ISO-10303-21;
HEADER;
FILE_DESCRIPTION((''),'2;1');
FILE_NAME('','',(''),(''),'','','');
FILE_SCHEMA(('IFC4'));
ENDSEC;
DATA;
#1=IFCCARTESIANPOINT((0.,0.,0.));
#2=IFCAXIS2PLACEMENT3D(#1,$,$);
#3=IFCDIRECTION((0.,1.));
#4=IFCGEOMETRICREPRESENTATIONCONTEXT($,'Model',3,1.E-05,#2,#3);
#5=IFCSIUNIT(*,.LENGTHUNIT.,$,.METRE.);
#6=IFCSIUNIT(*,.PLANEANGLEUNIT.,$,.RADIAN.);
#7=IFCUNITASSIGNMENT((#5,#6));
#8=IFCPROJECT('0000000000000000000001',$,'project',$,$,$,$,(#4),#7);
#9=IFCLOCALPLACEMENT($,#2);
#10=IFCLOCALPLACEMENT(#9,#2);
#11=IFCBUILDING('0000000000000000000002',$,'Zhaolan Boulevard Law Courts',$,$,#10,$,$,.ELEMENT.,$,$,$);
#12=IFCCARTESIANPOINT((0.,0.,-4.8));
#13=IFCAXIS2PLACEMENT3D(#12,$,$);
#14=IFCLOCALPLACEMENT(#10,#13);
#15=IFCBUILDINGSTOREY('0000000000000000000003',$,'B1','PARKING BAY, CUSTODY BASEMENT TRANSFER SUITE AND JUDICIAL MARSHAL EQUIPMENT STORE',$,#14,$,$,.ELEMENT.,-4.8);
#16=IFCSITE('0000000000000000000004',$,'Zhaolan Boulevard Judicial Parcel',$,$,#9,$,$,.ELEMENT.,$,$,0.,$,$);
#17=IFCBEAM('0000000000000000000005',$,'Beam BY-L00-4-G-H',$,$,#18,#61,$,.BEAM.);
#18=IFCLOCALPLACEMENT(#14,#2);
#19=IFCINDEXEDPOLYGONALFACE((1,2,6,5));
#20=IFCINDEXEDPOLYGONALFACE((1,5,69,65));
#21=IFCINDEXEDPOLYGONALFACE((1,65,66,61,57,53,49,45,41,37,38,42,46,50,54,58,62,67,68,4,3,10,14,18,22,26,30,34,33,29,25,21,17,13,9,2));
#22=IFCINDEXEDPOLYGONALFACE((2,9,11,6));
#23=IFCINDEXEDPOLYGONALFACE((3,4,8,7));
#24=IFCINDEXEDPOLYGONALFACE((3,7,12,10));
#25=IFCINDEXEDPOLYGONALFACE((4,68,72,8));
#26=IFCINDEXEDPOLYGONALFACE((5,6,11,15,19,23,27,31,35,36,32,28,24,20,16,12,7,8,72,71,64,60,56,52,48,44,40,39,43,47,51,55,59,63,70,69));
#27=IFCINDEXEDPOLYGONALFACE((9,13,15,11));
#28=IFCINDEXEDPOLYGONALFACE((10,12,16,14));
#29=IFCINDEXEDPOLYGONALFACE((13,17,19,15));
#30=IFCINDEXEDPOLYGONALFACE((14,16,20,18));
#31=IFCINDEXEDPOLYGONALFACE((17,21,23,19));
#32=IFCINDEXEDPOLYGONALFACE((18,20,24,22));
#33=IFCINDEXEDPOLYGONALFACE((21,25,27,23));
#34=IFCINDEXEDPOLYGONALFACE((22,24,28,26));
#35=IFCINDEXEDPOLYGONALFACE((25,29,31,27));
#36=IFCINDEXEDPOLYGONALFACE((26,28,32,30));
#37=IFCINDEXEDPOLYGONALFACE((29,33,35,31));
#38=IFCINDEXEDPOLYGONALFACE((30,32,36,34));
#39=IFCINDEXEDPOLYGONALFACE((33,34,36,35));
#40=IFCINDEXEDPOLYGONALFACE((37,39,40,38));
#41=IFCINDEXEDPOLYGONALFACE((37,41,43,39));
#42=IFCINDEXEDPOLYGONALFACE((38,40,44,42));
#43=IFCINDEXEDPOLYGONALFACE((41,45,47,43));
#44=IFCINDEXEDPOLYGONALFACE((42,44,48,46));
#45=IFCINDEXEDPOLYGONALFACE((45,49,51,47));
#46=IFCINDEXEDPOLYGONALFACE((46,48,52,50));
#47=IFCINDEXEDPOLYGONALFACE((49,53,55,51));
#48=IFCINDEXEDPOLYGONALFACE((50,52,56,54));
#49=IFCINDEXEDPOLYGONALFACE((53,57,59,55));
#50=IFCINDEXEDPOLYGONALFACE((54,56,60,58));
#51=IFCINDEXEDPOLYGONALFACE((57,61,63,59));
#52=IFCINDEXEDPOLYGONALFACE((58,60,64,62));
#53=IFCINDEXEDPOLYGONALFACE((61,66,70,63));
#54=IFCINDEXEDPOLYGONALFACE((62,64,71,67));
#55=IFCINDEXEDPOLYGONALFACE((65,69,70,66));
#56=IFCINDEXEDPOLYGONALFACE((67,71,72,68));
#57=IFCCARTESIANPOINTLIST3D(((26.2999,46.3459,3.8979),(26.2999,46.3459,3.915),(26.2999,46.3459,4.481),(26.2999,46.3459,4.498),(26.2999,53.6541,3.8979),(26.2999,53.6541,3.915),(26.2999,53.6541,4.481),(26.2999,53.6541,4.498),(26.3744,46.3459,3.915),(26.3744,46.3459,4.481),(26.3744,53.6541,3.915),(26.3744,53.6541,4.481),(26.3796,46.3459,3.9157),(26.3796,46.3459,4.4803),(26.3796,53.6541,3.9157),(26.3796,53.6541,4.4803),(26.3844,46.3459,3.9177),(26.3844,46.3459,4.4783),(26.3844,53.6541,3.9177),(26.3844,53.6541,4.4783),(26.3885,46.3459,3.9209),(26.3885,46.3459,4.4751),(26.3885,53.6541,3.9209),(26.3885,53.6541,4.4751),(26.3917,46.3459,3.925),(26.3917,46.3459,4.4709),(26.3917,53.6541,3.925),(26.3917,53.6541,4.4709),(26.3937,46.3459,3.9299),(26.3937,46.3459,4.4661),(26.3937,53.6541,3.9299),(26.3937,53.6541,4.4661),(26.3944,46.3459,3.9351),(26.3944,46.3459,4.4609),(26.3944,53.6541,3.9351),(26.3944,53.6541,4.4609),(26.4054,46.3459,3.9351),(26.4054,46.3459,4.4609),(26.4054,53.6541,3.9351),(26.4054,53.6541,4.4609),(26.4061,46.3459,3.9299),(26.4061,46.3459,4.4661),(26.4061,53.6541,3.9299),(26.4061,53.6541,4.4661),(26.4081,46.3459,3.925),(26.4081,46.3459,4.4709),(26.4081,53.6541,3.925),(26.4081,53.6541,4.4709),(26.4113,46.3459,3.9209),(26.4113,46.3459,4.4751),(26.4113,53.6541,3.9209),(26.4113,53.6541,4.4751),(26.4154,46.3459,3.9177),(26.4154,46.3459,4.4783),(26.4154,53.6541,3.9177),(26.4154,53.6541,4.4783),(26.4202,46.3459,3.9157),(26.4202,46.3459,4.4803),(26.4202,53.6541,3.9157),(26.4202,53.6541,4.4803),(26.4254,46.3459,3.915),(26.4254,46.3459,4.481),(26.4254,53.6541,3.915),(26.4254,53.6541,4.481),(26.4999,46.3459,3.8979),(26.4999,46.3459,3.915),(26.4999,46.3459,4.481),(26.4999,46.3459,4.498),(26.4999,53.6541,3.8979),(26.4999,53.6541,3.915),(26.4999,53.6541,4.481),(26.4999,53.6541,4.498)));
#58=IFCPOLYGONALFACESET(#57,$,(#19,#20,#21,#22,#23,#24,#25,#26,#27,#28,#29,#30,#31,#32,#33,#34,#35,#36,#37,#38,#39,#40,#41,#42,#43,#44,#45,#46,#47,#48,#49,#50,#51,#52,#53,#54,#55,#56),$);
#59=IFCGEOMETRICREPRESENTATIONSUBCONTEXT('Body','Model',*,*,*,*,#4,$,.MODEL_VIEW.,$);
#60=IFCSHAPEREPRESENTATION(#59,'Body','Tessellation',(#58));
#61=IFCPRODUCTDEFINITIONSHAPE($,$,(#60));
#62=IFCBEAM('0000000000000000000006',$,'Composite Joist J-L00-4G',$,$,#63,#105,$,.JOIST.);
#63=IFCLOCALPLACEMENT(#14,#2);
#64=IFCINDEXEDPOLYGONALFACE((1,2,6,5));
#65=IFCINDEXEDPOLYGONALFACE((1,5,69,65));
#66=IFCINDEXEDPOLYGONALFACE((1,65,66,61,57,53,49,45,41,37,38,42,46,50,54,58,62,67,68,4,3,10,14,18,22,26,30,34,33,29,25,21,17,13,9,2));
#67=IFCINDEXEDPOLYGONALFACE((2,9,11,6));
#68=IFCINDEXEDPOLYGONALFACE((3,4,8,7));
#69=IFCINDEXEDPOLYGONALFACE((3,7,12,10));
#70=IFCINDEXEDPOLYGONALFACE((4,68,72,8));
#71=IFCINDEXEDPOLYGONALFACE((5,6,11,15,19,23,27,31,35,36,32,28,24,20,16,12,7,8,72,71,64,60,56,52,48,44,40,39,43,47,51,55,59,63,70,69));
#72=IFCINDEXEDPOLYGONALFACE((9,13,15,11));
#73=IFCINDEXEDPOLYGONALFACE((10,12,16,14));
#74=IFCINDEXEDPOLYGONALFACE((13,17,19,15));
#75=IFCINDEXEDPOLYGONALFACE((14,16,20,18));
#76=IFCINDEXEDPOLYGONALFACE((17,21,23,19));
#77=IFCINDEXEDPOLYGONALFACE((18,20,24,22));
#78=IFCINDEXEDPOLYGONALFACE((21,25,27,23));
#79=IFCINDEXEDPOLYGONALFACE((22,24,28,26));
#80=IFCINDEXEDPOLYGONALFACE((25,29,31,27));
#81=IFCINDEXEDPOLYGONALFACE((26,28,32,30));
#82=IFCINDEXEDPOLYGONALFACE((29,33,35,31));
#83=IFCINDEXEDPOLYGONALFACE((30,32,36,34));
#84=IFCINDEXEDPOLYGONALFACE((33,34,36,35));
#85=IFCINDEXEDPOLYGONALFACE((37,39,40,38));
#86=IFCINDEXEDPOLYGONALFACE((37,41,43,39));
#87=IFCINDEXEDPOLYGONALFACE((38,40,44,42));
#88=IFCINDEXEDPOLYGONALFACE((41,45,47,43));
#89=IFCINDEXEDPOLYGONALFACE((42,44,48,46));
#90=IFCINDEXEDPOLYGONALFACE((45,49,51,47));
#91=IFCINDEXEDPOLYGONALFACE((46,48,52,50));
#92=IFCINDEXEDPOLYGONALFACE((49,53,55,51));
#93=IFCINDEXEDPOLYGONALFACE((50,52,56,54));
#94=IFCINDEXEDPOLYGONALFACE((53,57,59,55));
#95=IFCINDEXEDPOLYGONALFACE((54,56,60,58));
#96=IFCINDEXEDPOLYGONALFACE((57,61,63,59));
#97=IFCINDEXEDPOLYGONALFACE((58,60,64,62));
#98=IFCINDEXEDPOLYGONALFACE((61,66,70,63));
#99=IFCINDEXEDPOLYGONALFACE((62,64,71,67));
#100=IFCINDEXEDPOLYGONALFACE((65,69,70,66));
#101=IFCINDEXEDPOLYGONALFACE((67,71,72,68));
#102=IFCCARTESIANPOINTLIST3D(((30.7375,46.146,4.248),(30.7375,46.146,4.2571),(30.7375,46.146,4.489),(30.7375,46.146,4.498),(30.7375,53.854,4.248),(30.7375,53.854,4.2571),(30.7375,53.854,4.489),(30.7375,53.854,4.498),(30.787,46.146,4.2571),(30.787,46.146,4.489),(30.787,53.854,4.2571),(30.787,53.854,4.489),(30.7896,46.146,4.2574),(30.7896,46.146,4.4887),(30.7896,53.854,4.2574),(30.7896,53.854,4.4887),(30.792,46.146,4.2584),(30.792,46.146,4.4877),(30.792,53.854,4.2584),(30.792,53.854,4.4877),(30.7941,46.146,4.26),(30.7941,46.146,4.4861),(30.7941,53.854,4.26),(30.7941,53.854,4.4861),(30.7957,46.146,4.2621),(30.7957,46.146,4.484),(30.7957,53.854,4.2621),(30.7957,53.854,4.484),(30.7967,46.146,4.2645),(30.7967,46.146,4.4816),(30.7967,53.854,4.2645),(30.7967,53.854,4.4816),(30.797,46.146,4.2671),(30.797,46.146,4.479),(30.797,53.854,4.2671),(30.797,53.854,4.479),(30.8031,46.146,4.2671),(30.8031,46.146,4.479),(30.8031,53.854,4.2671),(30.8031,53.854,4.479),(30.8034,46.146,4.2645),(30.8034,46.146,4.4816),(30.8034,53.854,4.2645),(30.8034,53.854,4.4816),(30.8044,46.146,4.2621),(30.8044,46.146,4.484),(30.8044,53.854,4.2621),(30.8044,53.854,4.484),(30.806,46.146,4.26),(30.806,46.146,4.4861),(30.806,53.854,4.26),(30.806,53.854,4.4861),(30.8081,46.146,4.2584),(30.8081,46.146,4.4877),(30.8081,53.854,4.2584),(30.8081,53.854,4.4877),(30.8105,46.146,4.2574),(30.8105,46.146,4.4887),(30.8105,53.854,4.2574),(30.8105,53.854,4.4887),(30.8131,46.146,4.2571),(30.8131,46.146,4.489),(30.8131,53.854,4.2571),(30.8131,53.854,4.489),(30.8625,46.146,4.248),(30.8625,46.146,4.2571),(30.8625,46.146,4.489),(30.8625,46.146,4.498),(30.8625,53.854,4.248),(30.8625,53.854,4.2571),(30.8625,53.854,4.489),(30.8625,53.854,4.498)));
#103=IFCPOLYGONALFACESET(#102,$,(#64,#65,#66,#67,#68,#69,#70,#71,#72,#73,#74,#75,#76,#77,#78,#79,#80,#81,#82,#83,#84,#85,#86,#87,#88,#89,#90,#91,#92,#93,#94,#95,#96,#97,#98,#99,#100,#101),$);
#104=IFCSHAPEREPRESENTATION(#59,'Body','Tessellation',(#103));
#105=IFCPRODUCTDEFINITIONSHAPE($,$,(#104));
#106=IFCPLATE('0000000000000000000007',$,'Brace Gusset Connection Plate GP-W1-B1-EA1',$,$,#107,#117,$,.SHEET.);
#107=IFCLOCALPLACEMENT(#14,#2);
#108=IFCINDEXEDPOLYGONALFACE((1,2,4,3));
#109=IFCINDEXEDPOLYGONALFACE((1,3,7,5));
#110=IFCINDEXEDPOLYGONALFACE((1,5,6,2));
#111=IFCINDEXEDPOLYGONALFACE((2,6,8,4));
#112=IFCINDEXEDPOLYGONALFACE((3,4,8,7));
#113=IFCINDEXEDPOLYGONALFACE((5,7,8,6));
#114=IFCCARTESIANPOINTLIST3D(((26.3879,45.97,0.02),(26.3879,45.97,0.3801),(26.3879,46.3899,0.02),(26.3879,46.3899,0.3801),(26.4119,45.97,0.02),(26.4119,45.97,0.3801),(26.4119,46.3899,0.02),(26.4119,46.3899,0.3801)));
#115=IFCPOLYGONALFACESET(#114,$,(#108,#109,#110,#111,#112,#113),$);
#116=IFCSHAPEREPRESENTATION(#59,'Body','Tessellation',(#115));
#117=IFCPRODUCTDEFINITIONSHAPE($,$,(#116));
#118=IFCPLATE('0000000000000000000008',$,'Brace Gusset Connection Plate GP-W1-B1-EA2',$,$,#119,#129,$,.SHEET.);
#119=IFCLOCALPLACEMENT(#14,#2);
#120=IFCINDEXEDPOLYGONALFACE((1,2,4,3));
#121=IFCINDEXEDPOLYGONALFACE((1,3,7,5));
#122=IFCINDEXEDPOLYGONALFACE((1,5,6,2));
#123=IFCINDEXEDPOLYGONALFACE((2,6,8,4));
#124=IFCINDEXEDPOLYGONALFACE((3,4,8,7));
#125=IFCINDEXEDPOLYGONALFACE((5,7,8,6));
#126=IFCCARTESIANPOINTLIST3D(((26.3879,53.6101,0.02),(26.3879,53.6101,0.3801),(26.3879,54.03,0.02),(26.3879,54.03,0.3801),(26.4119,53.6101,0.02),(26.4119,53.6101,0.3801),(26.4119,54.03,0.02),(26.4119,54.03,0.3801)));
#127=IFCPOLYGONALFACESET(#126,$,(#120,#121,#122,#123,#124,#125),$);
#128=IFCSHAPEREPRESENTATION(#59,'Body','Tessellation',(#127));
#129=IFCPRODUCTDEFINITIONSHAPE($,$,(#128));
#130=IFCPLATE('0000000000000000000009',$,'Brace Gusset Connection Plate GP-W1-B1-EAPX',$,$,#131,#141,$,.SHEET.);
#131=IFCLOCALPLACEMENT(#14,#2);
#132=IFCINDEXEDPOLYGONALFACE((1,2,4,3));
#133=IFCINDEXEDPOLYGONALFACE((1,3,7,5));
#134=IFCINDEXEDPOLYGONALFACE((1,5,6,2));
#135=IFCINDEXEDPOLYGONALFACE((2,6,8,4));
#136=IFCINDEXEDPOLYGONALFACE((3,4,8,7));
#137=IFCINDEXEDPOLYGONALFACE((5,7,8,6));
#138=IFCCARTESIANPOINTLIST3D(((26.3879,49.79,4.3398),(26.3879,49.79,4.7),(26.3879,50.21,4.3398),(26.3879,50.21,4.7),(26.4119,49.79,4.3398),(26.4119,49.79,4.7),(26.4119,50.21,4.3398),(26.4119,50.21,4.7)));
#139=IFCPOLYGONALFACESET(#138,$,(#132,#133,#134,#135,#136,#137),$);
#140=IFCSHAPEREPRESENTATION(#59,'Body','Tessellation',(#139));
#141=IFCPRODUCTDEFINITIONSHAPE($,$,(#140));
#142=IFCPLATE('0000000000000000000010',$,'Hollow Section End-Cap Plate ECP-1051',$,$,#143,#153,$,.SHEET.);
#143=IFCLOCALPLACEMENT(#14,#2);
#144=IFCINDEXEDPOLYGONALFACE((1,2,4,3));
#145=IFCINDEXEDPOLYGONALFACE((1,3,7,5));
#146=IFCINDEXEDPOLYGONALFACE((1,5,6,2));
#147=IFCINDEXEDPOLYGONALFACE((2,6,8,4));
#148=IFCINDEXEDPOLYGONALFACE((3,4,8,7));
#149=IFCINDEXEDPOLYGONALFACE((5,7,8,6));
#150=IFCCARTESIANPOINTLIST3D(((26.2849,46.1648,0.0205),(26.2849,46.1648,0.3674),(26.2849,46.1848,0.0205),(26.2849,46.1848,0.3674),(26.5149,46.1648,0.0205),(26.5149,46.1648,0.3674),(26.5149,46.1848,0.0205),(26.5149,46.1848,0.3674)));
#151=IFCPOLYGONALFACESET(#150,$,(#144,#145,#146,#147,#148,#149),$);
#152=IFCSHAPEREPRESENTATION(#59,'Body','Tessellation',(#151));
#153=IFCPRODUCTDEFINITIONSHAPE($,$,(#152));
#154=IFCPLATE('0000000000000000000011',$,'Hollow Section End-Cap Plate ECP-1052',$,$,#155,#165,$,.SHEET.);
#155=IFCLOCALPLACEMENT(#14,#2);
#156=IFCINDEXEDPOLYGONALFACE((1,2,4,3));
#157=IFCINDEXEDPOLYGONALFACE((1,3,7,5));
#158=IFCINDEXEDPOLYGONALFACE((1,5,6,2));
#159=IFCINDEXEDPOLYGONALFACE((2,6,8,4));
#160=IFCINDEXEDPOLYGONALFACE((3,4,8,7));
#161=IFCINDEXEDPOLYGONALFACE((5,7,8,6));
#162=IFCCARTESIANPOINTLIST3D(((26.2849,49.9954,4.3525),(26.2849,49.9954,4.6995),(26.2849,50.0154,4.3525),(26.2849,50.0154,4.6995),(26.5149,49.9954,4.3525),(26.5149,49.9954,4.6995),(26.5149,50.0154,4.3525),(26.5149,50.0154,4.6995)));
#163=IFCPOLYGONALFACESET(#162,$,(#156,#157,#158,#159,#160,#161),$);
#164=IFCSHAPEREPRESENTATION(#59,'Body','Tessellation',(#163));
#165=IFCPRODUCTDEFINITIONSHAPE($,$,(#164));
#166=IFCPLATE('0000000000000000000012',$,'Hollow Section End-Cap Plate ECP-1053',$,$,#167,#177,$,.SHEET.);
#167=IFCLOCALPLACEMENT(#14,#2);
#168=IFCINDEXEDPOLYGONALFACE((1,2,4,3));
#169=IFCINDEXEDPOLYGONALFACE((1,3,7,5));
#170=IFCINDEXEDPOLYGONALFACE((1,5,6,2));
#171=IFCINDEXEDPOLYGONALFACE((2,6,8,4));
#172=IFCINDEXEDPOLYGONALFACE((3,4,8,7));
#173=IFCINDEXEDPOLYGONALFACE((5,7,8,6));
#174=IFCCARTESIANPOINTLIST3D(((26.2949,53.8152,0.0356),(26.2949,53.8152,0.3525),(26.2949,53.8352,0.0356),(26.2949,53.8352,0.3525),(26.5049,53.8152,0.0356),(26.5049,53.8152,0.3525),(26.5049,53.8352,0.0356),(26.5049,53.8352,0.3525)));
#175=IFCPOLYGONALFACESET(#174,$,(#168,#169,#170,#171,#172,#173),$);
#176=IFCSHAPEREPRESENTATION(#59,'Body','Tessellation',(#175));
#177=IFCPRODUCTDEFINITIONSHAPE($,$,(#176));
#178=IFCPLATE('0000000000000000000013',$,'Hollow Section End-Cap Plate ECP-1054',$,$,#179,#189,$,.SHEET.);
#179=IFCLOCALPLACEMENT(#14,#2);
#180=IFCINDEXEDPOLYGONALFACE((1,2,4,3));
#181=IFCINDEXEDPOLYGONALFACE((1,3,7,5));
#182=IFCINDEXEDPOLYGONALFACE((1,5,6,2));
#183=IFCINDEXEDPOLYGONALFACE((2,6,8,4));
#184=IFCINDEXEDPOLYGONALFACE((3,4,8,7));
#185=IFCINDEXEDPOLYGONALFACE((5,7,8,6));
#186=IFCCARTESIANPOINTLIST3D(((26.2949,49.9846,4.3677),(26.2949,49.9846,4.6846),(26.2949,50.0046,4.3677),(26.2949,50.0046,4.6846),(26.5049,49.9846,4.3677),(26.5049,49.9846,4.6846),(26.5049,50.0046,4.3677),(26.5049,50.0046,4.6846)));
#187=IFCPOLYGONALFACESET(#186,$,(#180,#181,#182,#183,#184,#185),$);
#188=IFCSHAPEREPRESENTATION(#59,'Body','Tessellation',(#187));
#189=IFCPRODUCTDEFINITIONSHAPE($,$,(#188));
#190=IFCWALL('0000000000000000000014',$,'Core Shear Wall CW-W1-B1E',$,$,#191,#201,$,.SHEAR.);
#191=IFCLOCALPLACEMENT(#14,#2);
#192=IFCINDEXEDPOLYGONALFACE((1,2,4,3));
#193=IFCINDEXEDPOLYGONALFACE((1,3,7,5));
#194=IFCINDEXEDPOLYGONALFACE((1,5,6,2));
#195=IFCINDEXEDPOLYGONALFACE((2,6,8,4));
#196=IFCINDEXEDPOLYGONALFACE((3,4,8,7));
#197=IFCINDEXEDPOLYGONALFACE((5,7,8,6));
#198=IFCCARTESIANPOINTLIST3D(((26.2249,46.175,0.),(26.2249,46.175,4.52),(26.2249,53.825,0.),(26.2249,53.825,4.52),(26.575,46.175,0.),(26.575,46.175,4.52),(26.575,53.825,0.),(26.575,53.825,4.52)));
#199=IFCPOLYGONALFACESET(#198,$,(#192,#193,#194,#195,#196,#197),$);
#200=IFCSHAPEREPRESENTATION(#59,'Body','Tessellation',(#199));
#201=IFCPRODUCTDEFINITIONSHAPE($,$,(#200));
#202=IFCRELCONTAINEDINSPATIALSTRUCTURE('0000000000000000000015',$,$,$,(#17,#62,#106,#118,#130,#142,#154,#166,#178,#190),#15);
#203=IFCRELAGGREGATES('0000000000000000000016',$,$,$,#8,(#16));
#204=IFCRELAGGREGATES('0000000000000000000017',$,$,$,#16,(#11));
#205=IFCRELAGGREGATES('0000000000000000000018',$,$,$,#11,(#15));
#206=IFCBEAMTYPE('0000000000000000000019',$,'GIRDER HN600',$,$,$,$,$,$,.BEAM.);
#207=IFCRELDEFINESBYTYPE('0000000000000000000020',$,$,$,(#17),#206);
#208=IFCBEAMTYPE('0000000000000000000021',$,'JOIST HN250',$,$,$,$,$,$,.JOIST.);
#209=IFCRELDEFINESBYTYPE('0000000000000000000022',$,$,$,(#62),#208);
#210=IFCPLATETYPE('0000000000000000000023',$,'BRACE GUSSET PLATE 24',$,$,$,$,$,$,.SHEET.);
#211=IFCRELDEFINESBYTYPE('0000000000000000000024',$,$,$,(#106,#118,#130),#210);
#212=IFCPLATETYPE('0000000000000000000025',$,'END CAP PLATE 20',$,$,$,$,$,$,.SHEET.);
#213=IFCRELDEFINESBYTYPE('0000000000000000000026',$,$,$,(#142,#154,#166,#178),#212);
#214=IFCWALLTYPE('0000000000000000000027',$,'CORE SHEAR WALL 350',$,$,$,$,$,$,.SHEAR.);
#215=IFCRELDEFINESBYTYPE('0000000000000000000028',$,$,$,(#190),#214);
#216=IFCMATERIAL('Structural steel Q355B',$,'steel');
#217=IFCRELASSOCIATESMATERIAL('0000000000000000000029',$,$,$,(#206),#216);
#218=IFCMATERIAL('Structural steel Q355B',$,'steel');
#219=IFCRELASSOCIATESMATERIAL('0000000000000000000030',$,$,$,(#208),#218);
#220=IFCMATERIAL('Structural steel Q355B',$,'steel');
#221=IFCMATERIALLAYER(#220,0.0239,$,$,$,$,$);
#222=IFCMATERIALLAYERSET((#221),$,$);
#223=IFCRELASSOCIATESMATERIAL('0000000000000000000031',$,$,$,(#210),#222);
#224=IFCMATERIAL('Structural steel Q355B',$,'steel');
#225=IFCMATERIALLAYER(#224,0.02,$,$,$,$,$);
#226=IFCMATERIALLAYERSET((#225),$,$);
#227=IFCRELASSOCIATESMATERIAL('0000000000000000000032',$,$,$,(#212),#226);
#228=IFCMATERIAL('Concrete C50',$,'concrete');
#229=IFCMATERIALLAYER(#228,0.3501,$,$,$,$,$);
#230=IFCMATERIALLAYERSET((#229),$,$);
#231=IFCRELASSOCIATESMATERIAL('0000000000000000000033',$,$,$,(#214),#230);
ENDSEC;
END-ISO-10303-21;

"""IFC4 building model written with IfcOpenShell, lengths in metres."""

from ifc_helpers import new_model, si_unit, direction, frame, frame_2d, origin, origin_2d, place, context, subcontext, project, spatial, rectangle, i_section, extrude, material, layer, layer_set, material_profile, profile_set, type_object, element, save


model = new_model("IFC4")

# Units and contexts
model_context = context("Model", 3, precision=1e-05, world=origin(), true_north=direction((0.0, 1.0)))
body_context = subcontext(model_context, "Body", "Model", "MODEL_VIEW")
ifc_project = project(units=[si_unit("LENGTHUNIT", "METRE"), si_unit("PLANEANGLEUNIT", "RADIAN")], contexts=[model_context])

# Site, building, storey
site_placement = place(None, origin())
site = spatial("IfcSite", under=ifc_project, at=site_placement, Name="Zhaolan Boulevard Judicial Parcel", CompositionType="ELEMENT", RefElevation=0.0)
building_placement = place(site_placement, origin())
building = spatial("IfcBuilding", under=site, at=building_placement, Name="Zhaolan Boulevard Law Courts", CompositionType="ELEMENT")
storey_placement = place(building_placement, frame((0.0, 0.0, -4.8)))
storey = spatial("IfcBuildingStorey", under=building, at=storey_placement, Name="B1", Description="PARKING BAY, CUSTODY BASEMENT TRANSFER SUITE AND JUDICIAL MARSHAL EQUIPMENT STORE", CompositionType="ELEMENT", Elevation=-4.8)

# Beams
ifc_material_1 = material(Name="Structural steel Q355B", Category="steel")
ifc_material_profile_1 = material_profile(ifc_material_1, i_section(OverallWidth=0.2, OverallDepth=0.6001, WebThickness=0.011, FlangeThickness=0.0171, FilletRadius=0.02, at=origin_2d()), Name="HN600x200")
ifc_profile_set_1 = profile_set([ifc_material_profile_1], Name="Structural steel Q355B")
beam_type_1 = type_object("IfcBeamType", Name="GIRDER HN600", PredefinedType="BEAM", material=ifc_profile_set_1)
beam_1_placement = place(storey_placement, frame((26.3999, 46.3459, 4.198), z_axis=(0.0, 1.0, 0.0), x_axis=(-1.0, 0.0, 0.0)))
element("IfcBeam", 1, at=beam_1_placement, inside=storey, type_object=beam_type_1, Name="Beam BY-L00-4-G-H", PredefinedType="BEAM", context=body_context, shape_type="SweptSolid", body=[
    extrude(i_section(OverallWidth=0.2, OverallDepth=0.6001, WebThickness=0.011, FlangeThickness=0.0171, FilletRadius=0.02, at=origin_2d()), origin(), (0.0, 0.0, 1.0), 7.3081),
])
ifc_material_2 = material(Name="Structural steel Q355B", Category="steel")
ifc_material_profile_2 = material_profile(ifc_material_2, i_section(OverallWidth=0.125, OverallDepth=0.25, WebThickness=0.0061, FlangeThickness=0.009, FilletRadius=0.01, at=origin_2d()), Name="HN250x125")
ifc_profile_set_2 = profile_set([ifc_material_profile_2], Name="Structural steel Q355B")
beam_type_2 = type_object("IfcBeamType", Name="JOIST HN250", PredefinedType="JOIST", material=ifc_profile_set_2)
beam_2_placement = place(storey_placement, frame((30.8, 46.146, 4.373), z_axis=(0.0, 1.0, 0.0), x_axis=(-1.0, 0.0, 0.0)))
element("IfcBeam", 2, at=beam_2_placement, inside=storey, type_object=beam_type_2, Name="Composite Joist J-L00-4G", PredefinedType="JOIST", context=body_context, shape_type="SweptSolid", body=[
    extrude(i_section(OverallWidth=0.125, OverallDepth=0.25, WebThickness=0.0061, FlangeThickness=0.009, FilletRadius=0.01, at=origin_2d()), origin(), (0.0, 0.0, 1.0), 7.708),
])

# Plates
ifc_material_3 = material(Name="Structural steel Q355B", Category="steel")
ifc_layer_1 = layer(ifc_material_3, 0.0239)
ifc_layer_set_1 = layer_set([ifc_layer_1])
plate_type_1 = type_object("IfcPlateType", Name="BRACE GUSSET PLATE 24", PredefinedType="SHEET", material=ifc_layer_set_1)
for number, where, z_axis, x_axis, name in (
    (3, (26.3999, 46.1799, 0.02), (0.0, 0.0, 1.0), (0.0, 1.0, 0.0), "Brace Gusset Connection Plate GP-W1-B1-EA1"),
    (4, (26.3999, 53.8201, 0.02), (0.0, 0.0, 1.0), (0.0, 1.0, 0.0), "Brace Gusset Connection Plate GP-W1-B1-EA2"),
    (5, (26.3999, 50.0, 4.3398), (0.0, 0.0, 1.0), (0.0, 1.0, 0.0), "Brace Gusset Connection Plate GP-W1-B1-EAPX"),
):
    element("IfcPlate", number, at=place(storey_placement, frame(where, z_axis=z_axis, x_axis=x_axis)), inside=storey, type_object=plate_type_1, Name=name, PredefinedType="SHEET", context=body_context, shape_type="SweptSolid", body=[
        extrude(rectangle(XDim=0.4199, YDim=0.0239, at=origin_2d()), origin(), (0.0, 0.0, 1.0), 0.3601),
    ])
ifc_material_4 = material(Name="Structural steel Q355B", Category="steel")
ifc_layer_2 = layer(ifc_material_4, 0.02)
ifc_layer_set_2 = layer_set([ifc_layer_2])
plate_type_2 = type_object("IfcPlateType", Name="END CAP PLATE 20", PredefinedType="SHEET", material=ifc_layer_set_2)
for number, where, z_axis, x_axis, name in (
    (6, (26.3999, 46.1748, 0.0205), (0.0, 0.0, 1.0), (0.0, 1.0, 0.0), "Hollow Section End-Cap Plate ECP-1051"),
    (7, (26.3999, 50.0054, 4.3525), (0.0, 0.0, 1.0), (0.0, 1.0, 0.0), "Hollow Section End-Cap Plate ECP-1052"),
):
    element("IfcPlate", number, at=place(storey_placement, frame(where, z_axis=z_axis, x_axis=x_axis)), inside=storey, type_object=plate_type_2, Name=name, PredefinedType="SHEET", context=body_context, shape_type="SweptSolid", body=[
        extrude(rectangle(XDim=0.02, YDim=0.23, at=origin_2d()), origin(), (0.0, 0.0, 1.0), 0.3469),
    ])
for number, where, z_axis, x_axis, name in (
    (8, (26.3999, 53.8252, 0.0356), (0.0, 0.0, 1.0), (0.0, -1.0, 0.0), "Hollow Section End-Cap Plate ECP-1053"),
    (9, (26.3999, 49.9946, 4.3677), (0.0, 0.0, 1.0), (0.0, -1.0, 0.0), "Hollow Section End-Cap Plate ECP-1054"),
):
    element("IfcPlate", number, at=place(storey_placement, frame(where, z_axis=z_axis, x_axis=x_axis)), inside=storey, type_object=plate_type_2, Name=name, PredefinedType="SHEET", context=body_context, shape_type="SweptSolid", body=[
        extrude(rectangle(XDim=0.02, YDim=0.21, at=origin_2d()), origin(), (0.0, 0.0, 1.0), 0.3169),
    ])

# Shared definitions
ifc_material_5 = material(Name="Concrete C50", Category="concrete")
ifc_layer_3 = layer(ifc_material_5, 0.3501)
ifc_layer_set_3 = layer_set([ifc_layer_3])
wall_type = type_object("IfcWallType", Name="CORE SHEAR WALL 350", PredefinedType="SHEAR", material=ifc_layer_set_3)

# Wall
wall_1_placement = place(storey_placement, frame((26.3999, 46.175, 0.0), z_axis=(0.0, 0.0, 1.0), x_axis=(0.0, 1.0, 0.0)))
element("IfcWall", 10, at=wall_1_placement, inside=storey, type_object=wall_type, Name="Core Shear Wall CW-W1-B1E", PredefinedType="SHEAR", context=body_context, shape_type="SweptSolid", body=[
    extrude(rectangle(XDim=7.6499, YDim=0.3501, at=frame_2d((3.825, 0.0))), origin(), (0.0, 0.0, 1.0), 4.52),
])

save(model, "model.ifc")
